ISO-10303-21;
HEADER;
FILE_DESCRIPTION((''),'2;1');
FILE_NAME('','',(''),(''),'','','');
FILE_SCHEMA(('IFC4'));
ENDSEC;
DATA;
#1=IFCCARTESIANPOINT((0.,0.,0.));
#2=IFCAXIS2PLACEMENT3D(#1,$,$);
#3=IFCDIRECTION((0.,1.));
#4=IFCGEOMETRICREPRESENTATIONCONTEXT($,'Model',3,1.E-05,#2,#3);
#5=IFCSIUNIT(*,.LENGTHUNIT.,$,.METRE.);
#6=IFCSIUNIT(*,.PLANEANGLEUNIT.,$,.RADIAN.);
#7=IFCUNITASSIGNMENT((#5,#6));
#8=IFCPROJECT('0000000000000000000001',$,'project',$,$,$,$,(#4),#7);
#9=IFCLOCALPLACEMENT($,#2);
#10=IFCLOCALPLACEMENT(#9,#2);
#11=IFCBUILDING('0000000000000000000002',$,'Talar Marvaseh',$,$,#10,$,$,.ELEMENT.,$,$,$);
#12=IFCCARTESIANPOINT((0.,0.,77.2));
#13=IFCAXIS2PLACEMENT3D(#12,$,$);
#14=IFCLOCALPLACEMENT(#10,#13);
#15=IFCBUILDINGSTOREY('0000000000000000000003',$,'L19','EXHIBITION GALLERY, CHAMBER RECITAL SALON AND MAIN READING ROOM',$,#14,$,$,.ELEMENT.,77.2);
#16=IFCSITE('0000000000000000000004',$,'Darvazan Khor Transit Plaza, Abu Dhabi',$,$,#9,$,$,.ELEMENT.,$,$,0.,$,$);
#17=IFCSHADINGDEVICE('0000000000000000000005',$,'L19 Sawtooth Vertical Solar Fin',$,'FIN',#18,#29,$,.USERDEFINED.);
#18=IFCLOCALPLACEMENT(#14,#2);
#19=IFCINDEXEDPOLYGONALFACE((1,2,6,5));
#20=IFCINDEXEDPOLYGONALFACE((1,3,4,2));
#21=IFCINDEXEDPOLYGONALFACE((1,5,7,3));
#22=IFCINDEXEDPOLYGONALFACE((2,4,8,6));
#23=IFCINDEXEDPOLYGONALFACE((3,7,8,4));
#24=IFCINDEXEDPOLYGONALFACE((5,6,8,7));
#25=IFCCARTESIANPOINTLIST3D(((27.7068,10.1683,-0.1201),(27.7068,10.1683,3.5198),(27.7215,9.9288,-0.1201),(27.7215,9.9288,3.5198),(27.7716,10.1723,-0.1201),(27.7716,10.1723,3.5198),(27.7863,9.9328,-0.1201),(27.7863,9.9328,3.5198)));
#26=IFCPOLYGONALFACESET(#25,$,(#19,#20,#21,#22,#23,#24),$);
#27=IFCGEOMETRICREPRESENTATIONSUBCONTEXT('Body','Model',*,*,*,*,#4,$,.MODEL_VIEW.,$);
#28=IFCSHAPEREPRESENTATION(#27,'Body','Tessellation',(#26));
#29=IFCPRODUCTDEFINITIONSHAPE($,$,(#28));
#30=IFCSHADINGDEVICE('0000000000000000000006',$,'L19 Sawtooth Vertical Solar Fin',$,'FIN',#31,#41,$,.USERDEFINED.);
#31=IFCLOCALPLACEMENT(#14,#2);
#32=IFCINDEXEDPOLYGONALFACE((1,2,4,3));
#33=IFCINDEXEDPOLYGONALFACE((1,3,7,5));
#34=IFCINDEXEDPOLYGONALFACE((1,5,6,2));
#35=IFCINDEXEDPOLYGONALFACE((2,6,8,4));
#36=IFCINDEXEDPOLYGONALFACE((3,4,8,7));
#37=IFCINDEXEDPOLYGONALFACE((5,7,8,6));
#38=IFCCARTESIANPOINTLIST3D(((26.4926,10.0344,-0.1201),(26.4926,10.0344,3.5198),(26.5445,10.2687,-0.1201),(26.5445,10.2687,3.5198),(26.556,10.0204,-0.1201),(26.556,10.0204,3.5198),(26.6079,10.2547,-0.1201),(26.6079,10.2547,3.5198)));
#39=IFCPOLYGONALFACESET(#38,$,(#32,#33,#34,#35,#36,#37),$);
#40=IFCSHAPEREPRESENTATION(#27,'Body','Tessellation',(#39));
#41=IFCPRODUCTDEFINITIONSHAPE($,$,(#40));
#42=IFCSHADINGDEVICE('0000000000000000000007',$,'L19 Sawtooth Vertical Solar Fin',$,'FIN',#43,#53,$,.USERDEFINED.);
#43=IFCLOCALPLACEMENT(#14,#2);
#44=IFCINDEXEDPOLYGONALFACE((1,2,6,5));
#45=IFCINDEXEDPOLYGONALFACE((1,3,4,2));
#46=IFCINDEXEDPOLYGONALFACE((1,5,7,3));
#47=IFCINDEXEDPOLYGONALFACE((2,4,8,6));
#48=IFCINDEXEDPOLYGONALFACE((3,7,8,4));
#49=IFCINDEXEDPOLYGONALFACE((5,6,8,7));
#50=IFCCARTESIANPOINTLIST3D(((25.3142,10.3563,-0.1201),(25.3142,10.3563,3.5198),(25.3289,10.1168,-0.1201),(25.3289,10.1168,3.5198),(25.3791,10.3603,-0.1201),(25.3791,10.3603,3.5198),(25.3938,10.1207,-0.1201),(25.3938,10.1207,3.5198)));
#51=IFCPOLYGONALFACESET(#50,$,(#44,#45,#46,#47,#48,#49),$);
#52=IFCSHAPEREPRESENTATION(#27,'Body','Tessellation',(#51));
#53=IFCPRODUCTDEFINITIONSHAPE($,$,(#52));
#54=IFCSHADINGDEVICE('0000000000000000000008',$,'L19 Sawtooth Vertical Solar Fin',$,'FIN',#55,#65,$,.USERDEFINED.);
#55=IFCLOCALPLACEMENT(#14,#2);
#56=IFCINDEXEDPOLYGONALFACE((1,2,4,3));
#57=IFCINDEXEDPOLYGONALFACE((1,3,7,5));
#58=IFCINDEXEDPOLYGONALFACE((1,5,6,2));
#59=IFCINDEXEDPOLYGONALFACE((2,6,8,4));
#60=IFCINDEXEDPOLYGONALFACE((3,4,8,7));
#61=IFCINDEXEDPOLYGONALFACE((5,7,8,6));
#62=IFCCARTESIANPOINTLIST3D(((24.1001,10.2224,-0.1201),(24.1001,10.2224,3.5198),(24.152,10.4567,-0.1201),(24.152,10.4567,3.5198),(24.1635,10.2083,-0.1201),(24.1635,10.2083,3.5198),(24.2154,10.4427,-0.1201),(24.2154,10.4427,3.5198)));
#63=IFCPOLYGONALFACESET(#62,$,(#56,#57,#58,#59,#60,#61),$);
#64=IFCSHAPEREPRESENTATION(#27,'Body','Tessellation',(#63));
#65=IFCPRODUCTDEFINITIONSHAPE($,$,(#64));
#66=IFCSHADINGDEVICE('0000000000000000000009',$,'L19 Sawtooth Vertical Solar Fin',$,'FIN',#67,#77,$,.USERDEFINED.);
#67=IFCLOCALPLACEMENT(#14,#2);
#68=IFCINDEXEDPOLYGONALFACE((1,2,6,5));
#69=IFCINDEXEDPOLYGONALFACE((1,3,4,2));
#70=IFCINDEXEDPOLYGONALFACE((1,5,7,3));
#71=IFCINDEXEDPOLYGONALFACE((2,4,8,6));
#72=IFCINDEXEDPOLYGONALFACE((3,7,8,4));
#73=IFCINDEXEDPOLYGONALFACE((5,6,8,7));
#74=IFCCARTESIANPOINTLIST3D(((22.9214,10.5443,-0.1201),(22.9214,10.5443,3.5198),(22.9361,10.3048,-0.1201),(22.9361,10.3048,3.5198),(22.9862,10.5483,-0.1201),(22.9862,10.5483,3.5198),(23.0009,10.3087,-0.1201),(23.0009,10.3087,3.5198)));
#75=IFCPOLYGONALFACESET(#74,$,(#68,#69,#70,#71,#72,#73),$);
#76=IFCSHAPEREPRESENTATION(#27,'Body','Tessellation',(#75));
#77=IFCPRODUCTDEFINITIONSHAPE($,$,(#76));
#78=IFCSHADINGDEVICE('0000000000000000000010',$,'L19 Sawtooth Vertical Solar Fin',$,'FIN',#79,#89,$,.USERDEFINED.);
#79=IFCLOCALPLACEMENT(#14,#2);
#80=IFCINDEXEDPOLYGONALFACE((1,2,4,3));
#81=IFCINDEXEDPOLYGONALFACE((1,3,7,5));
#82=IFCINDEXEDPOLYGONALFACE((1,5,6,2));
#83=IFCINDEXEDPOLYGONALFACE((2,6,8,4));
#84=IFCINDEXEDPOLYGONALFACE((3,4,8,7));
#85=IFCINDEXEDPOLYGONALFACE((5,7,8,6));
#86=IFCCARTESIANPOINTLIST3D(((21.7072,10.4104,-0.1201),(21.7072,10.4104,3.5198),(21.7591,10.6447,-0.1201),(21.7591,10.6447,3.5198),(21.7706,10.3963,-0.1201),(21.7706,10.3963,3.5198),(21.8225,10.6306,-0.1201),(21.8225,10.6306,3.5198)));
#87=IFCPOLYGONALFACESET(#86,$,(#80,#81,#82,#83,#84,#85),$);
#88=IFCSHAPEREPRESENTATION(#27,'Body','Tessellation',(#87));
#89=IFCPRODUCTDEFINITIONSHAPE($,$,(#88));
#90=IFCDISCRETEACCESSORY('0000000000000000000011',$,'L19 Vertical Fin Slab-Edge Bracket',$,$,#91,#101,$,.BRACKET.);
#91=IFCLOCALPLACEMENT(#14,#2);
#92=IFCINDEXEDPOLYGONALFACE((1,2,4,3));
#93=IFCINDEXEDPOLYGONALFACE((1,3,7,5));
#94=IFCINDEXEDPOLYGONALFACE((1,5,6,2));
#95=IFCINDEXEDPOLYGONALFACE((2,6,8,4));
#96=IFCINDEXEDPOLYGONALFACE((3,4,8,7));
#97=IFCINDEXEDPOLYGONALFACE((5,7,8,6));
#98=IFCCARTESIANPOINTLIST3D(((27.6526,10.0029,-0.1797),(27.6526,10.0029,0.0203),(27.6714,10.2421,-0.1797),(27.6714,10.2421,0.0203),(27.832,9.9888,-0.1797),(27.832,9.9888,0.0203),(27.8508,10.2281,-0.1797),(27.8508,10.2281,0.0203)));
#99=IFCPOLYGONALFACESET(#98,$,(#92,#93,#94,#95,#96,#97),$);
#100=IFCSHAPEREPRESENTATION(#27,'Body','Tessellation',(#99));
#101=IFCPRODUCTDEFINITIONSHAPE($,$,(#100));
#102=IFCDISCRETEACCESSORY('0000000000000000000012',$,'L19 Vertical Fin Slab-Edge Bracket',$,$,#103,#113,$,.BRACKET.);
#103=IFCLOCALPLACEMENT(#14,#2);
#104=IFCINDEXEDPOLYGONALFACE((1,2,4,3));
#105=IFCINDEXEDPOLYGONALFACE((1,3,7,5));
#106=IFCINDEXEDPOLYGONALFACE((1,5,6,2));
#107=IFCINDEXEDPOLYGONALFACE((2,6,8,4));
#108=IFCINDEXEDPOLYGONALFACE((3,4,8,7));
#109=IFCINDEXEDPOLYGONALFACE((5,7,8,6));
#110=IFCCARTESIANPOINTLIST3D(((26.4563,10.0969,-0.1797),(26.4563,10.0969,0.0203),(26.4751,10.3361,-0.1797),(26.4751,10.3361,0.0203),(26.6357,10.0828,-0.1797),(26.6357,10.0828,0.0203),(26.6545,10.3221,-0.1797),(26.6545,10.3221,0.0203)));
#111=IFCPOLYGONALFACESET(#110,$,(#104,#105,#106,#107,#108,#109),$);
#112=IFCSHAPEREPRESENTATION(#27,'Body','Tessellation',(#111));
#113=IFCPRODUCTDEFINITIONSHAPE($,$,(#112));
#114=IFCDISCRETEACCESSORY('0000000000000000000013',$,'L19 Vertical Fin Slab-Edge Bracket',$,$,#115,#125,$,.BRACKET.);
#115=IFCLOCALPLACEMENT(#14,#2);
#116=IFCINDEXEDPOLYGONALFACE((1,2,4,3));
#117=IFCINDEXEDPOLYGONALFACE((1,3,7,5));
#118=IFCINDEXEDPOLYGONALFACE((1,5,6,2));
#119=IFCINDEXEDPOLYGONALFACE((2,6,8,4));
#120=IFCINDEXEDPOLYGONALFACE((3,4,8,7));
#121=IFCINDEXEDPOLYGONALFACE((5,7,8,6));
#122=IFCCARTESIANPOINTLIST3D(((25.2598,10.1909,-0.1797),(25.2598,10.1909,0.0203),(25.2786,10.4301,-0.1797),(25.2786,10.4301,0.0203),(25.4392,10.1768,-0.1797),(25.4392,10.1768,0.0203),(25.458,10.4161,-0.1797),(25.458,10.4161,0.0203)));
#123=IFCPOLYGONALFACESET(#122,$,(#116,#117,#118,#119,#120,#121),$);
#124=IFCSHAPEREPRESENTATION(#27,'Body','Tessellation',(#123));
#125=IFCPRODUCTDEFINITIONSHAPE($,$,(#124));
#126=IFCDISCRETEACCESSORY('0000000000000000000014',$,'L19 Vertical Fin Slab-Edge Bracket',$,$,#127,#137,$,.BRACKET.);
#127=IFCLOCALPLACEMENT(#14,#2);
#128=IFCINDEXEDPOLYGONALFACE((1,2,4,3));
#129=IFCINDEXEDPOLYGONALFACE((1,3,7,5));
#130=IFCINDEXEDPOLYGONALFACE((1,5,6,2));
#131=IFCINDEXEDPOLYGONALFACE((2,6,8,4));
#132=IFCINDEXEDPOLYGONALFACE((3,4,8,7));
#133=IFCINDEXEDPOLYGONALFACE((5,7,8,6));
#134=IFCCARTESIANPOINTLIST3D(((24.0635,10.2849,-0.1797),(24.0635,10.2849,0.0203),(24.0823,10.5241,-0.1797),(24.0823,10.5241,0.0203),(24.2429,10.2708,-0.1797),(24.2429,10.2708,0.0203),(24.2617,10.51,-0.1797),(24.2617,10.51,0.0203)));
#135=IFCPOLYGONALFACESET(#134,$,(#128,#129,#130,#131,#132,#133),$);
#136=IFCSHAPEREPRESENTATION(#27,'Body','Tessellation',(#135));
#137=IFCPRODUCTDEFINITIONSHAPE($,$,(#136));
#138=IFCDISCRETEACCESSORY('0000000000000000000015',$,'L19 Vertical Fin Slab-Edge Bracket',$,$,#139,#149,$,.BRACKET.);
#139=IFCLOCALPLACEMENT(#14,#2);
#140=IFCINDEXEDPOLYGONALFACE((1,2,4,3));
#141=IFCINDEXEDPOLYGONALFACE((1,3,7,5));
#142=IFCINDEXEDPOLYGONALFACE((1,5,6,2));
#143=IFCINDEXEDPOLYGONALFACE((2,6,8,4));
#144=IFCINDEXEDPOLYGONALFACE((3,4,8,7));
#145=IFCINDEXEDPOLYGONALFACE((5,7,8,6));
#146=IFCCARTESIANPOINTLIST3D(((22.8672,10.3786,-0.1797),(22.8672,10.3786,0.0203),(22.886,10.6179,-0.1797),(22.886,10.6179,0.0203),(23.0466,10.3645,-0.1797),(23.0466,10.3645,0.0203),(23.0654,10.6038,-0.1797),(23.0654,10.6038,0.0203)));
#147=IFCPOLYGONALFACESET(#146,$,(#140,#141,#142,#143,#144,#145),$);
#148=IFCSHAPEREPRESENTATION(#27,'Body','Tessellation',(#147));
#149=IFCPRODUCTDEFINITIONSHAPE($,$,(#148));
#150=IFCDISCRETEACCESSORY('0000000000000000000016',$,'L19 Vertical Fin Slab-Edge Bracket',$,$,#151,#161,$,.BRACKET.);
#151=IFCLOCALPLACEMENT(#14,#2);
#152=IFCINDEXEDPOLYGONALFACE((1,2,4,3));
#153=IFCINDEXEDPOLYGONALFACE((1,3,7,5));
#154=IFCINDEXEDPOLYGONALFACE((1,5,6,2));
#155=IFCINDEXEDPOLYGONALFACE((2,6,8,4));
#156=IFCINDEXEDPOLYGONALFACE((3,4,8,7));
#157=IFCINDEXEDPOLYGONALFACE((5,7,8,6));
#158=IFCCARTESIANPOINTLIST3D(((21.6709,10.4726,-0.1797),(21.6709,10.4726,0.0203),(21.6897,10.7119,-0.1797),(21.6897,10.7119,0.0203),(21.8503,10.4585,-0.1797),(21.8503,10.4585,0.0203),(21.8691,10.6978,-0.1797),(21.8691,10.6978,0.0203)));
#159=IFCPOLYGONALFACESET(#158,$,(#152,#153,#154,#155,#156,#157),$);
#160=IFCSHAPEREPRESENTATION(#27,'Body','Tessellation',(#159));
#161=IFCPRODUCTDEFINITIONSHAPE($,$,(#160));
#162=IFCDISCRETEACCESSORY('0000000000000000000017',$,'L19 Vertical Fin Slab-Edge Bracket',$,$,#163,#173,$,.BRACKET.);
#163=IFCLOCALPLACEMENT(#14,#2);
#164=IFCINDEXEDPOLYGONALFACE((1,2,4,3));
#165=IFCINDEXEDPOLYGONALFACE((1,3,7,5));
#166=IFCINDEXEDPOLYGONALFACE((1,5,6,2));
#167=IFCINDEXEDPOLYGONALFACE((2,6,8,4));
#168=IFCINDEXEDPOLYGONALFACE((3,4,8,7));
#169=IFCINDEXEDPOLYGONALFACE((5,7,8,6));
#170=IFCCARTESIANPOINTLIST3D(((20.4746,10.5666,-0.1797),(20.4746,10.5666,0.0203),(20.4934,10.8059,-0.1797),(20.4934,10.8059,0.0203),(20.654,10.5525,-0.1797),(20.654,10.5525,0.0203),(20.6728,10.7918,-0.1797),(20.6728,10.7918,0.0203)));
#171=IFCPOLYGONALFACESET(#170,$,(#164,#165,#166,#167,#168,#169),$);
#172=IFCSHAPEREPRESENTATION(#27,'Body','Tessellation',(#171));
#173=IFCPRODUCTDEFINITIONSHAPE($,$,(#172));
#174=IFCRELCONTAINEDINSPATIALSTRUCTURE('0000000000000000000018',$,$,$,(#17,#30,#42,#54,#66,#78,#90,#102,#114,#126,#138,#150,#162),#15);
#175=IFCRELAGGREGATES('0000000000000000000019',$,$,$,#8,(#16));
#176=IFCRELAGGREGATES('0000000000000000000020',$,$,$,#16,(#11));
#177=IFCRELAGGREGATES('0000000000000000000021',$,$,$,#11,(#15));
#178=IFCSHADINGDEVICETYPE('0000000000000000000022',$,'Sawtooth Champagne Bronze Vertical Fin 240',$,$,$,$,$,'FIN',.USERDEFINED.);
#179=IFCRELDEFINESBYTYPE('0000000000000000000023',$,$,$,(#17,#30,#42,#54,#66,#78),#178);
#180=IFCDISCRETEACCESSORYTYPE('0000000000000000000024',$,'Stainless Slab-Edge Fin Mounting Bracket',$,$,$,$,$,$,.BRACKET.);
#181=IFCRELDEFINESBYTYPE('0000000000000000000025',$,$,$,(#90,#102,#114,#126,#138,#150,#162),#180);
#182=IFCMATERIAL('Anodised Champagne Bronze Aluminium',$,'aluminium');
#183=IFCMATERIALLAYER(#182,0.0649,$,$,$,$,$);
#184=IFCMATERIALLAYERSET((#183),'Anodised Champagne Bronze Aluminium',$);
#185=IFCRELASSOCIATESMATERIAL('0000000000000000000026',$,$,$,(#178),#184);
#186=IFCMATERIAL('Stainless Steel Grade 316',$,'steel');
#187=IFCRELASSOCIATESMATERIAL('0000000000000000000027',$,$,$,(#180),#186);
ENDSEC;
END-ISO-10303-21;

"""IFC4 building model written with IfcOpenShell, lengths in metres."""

from ifc_helpers import new_model, si_unit, direction, frame, origin, origin_2d, place, context, subcontext, project, spatial, rectangle, extrude, source, transform, mapped, material, layer, layer_set, type_object, type_shapes, element, save


model = new_model("IFC4")

# Units and contexts
model_context = context("Model", 3, precision=1e-05, world=origin(), true_north=direction((0.0, 1.0)))
body_context = subcontext(model_context, "Body", "Model", "MODEL_VIEW")
ifc_project = project(units=[si_unit("LENGTHUNIT", "METRE"), si_unit("PLANEANGLEUNIT", "RADIAN")], contexts=[model_context])

# Site, building, storey
site_placement = place(None, origin())
site = spatial("IfcSite", under=ifc_project, at=site_placement, Name="Darvazan Khor Transit Plaza, Abu Dhabi", CompositionType="ELEMENT", RefElevation=0.0)
building_placement = place(site_placement, origin())
building = spatial("IfcBuilding", under=site, at=building_placement, Name="Talar Marvaseh", CompositionType="ELEMENT")
storey_placement = place(building_placement, frame((0.0, 0.0, 77.2)))
storey = spatial("IfcBuildingStorey", under=building, at=storey_placement, Name="L19", Description="EXHIBITION GALLERY, CHAMBER RECITAL SALON AND MAIN READING ROOM", CompositionType="ELEMENT", Elevation=77.2)

# Shading devices
ifc_material_1 = material(Name="Anodised Champagne Bronze Aluminium", Category="aluminium")
ifc_layer_1 = layer(ifc_material_1, 0.0649)
ifc_layer_set_1 = layer_set([ifc_layer_1], Name="Anodised Champagne Bronze Aluminium")
shading_device_type = type_object("IfcShadingDeviceType", Name="Sawtooth Champagne Bronze Vertical Fin 240", ElementType="FIN", PredefinedType="USERDEFINED", material=ifc_layer_set_1)
shared_shape_1 = source(origin(), body_context, "Body", "SweptSolid", [
    extrude(rectangle(XDim=0.24, YDim=0.0649, at=origin_2d()), origin(), (0.0, 0.0, 1.0), 3.6399),
])
type_shapes(shading_device_type, [shared_shape_1])
for number, where, z_axis, x_axis, name in (
    (1, (27.7466, 10.0505, -0.1201), (0.0, 0.0, 1.0), (0.061223, -0.998124, 0.0), "L19 Sawtooth Vertical Solar Fin"),
    (2, (26.5503, 10.1445, -0.1201), (0.0, 0.0, 1.0), (-0.216269, -0.976334, 0.0), "L19 Sawtooth Vertical Solar Fin"),
    (3, (25.354, 10.2385, -0.1201), (0.0, 0.0, 1.0), (0.061223, -0.998124, 0.0), "L19 Sawtooth Vertical Solar Fin"),
    (4, (24.1577, 10.3325, -0.1201), (0.0, 0.0, 1.0), (-0.216269, -0.976334, 0.0), "L19 Sawtooth Vertical Solar Fin"),
    (5, (22.9612, 10.4265, -0.1201), (0.0, 0.0, 1.0), (0.061223, -0.998124, 0.0), "L19 Sawtooth Vertical Solar Fin"),
    (6, (21.7649, 10.5205, -0.1201), (0.0, 0.0, 1.0), (-0.216269, -0.976334, 0.0), "L19 Sawtooth Vertical Solar Fin"),
):
    element("IfcShadingDevice", number, at=place(storey_placement, frame(where, z_axis=z_axis, x_axis=x_axis)), inside=storey, type_object=shading_device_type, Name=name, ObjectType="FIN", PredefinedType="USERDEFINED", context=body_context, shape_type="MappedRepresentation", body=[
        mapped(shared_shape_1, transform((0.0, 0.0, 0.0), x_axis=(1.0, 0.0, 0.0), y_axis=(0.0, 1.0, 0.0), z_axis=(0.0, 0.0, 1.0), scale=1.0)),
    ])

# Discrete accessories
ifc_material_2 = material(Name="Stainless Steel Grade 316", Category="steel")
discrete_accessory_type = type_object("IfcDiscreteAccessoryType", Name="Stainless Slab-Edge Fin Mounting Bracket", PredefinedType="BRACKET", material=ifc_material_2)
shared_shape_2 = source(origin(), body_context, "Body", "SweptSolid", [
    extrude(rectangle(XDim=0.24, YDim=0.1799, at=origin_2d()), origin(), (0.0, 0.0, 1.0), 0.2),
])
type_shapes(discrete_accessory_type, [shared_shape_2])
for number, where, z_axis, x_axis, name in (
    (7, (27.7517, 10.1155, -0.1797), (0.0, 0.0, 1.0), (-0.078285, -0.996931, 0.0), "L19 Vertical Fin Slab-Edge Bracket"),
    (8, (26.5554, 10.2095, -0.1797), (0.0, 0.0, 1.0), (-0.078285, -0.996931, 0.0), "L19 Vertical Fin Slab-Edge Bracket"),
    (9, (25.3589, 10.3035, -0.1797), (0.0, 0.0, 1.0), (-0.078285, -0.996931, 0.0), "L19 Vertical Fin Slab-Edge Bracket"),
    (10, (24.1626, 10.3975, -0.1797), (0.0, 0.0, 1.0), (-0.078285, -0.996931, 0.0), "L19 Vertical Fin Slab-Edge Bracket"),
    (11, (22.9663, 10.4912, -0.1797), (0.0, 0.0, 1.0), (-0.078285, -0.996931, 0.0), "L19 Vertical Fin Slab-Edge Bracket"),
    (12, (21.77, 10.5852, -0.1797), (0.0, 0.0, 1.0), (-0.078285, -0.996931, 0.0), "L19 Vertical Fin Slab-Edge Bracket"),
    (13, (20.5737, 10.6792, -0.1797), (0.0, 0.0, 1.0), (-0.078285, -0.996931, 0.0), "L19 Vertical Fin Slab-Edge Bracket"),
):
    element("IfcDiscreteAccessory", number, at=place(storey_placement, frame(where, z_axis=z_axis, x_axis=x_axis)), inside=storey, type_object=discrete_accessory_type, Name=name, PredefinedType="BRACKET", context=body_context, shape_type="MappedRepresentation", body=[
        mapped(shared_shape_2, transform((0.0, 0.0, 0.0), x_axis=(1.0, 0.0, 0.0), y_axis=(0.0, 1.0, 0.0), z_axis=(0.0, 0.0, 1.0), scale=1.0)),
    ])

save(model, "model.ifc")
